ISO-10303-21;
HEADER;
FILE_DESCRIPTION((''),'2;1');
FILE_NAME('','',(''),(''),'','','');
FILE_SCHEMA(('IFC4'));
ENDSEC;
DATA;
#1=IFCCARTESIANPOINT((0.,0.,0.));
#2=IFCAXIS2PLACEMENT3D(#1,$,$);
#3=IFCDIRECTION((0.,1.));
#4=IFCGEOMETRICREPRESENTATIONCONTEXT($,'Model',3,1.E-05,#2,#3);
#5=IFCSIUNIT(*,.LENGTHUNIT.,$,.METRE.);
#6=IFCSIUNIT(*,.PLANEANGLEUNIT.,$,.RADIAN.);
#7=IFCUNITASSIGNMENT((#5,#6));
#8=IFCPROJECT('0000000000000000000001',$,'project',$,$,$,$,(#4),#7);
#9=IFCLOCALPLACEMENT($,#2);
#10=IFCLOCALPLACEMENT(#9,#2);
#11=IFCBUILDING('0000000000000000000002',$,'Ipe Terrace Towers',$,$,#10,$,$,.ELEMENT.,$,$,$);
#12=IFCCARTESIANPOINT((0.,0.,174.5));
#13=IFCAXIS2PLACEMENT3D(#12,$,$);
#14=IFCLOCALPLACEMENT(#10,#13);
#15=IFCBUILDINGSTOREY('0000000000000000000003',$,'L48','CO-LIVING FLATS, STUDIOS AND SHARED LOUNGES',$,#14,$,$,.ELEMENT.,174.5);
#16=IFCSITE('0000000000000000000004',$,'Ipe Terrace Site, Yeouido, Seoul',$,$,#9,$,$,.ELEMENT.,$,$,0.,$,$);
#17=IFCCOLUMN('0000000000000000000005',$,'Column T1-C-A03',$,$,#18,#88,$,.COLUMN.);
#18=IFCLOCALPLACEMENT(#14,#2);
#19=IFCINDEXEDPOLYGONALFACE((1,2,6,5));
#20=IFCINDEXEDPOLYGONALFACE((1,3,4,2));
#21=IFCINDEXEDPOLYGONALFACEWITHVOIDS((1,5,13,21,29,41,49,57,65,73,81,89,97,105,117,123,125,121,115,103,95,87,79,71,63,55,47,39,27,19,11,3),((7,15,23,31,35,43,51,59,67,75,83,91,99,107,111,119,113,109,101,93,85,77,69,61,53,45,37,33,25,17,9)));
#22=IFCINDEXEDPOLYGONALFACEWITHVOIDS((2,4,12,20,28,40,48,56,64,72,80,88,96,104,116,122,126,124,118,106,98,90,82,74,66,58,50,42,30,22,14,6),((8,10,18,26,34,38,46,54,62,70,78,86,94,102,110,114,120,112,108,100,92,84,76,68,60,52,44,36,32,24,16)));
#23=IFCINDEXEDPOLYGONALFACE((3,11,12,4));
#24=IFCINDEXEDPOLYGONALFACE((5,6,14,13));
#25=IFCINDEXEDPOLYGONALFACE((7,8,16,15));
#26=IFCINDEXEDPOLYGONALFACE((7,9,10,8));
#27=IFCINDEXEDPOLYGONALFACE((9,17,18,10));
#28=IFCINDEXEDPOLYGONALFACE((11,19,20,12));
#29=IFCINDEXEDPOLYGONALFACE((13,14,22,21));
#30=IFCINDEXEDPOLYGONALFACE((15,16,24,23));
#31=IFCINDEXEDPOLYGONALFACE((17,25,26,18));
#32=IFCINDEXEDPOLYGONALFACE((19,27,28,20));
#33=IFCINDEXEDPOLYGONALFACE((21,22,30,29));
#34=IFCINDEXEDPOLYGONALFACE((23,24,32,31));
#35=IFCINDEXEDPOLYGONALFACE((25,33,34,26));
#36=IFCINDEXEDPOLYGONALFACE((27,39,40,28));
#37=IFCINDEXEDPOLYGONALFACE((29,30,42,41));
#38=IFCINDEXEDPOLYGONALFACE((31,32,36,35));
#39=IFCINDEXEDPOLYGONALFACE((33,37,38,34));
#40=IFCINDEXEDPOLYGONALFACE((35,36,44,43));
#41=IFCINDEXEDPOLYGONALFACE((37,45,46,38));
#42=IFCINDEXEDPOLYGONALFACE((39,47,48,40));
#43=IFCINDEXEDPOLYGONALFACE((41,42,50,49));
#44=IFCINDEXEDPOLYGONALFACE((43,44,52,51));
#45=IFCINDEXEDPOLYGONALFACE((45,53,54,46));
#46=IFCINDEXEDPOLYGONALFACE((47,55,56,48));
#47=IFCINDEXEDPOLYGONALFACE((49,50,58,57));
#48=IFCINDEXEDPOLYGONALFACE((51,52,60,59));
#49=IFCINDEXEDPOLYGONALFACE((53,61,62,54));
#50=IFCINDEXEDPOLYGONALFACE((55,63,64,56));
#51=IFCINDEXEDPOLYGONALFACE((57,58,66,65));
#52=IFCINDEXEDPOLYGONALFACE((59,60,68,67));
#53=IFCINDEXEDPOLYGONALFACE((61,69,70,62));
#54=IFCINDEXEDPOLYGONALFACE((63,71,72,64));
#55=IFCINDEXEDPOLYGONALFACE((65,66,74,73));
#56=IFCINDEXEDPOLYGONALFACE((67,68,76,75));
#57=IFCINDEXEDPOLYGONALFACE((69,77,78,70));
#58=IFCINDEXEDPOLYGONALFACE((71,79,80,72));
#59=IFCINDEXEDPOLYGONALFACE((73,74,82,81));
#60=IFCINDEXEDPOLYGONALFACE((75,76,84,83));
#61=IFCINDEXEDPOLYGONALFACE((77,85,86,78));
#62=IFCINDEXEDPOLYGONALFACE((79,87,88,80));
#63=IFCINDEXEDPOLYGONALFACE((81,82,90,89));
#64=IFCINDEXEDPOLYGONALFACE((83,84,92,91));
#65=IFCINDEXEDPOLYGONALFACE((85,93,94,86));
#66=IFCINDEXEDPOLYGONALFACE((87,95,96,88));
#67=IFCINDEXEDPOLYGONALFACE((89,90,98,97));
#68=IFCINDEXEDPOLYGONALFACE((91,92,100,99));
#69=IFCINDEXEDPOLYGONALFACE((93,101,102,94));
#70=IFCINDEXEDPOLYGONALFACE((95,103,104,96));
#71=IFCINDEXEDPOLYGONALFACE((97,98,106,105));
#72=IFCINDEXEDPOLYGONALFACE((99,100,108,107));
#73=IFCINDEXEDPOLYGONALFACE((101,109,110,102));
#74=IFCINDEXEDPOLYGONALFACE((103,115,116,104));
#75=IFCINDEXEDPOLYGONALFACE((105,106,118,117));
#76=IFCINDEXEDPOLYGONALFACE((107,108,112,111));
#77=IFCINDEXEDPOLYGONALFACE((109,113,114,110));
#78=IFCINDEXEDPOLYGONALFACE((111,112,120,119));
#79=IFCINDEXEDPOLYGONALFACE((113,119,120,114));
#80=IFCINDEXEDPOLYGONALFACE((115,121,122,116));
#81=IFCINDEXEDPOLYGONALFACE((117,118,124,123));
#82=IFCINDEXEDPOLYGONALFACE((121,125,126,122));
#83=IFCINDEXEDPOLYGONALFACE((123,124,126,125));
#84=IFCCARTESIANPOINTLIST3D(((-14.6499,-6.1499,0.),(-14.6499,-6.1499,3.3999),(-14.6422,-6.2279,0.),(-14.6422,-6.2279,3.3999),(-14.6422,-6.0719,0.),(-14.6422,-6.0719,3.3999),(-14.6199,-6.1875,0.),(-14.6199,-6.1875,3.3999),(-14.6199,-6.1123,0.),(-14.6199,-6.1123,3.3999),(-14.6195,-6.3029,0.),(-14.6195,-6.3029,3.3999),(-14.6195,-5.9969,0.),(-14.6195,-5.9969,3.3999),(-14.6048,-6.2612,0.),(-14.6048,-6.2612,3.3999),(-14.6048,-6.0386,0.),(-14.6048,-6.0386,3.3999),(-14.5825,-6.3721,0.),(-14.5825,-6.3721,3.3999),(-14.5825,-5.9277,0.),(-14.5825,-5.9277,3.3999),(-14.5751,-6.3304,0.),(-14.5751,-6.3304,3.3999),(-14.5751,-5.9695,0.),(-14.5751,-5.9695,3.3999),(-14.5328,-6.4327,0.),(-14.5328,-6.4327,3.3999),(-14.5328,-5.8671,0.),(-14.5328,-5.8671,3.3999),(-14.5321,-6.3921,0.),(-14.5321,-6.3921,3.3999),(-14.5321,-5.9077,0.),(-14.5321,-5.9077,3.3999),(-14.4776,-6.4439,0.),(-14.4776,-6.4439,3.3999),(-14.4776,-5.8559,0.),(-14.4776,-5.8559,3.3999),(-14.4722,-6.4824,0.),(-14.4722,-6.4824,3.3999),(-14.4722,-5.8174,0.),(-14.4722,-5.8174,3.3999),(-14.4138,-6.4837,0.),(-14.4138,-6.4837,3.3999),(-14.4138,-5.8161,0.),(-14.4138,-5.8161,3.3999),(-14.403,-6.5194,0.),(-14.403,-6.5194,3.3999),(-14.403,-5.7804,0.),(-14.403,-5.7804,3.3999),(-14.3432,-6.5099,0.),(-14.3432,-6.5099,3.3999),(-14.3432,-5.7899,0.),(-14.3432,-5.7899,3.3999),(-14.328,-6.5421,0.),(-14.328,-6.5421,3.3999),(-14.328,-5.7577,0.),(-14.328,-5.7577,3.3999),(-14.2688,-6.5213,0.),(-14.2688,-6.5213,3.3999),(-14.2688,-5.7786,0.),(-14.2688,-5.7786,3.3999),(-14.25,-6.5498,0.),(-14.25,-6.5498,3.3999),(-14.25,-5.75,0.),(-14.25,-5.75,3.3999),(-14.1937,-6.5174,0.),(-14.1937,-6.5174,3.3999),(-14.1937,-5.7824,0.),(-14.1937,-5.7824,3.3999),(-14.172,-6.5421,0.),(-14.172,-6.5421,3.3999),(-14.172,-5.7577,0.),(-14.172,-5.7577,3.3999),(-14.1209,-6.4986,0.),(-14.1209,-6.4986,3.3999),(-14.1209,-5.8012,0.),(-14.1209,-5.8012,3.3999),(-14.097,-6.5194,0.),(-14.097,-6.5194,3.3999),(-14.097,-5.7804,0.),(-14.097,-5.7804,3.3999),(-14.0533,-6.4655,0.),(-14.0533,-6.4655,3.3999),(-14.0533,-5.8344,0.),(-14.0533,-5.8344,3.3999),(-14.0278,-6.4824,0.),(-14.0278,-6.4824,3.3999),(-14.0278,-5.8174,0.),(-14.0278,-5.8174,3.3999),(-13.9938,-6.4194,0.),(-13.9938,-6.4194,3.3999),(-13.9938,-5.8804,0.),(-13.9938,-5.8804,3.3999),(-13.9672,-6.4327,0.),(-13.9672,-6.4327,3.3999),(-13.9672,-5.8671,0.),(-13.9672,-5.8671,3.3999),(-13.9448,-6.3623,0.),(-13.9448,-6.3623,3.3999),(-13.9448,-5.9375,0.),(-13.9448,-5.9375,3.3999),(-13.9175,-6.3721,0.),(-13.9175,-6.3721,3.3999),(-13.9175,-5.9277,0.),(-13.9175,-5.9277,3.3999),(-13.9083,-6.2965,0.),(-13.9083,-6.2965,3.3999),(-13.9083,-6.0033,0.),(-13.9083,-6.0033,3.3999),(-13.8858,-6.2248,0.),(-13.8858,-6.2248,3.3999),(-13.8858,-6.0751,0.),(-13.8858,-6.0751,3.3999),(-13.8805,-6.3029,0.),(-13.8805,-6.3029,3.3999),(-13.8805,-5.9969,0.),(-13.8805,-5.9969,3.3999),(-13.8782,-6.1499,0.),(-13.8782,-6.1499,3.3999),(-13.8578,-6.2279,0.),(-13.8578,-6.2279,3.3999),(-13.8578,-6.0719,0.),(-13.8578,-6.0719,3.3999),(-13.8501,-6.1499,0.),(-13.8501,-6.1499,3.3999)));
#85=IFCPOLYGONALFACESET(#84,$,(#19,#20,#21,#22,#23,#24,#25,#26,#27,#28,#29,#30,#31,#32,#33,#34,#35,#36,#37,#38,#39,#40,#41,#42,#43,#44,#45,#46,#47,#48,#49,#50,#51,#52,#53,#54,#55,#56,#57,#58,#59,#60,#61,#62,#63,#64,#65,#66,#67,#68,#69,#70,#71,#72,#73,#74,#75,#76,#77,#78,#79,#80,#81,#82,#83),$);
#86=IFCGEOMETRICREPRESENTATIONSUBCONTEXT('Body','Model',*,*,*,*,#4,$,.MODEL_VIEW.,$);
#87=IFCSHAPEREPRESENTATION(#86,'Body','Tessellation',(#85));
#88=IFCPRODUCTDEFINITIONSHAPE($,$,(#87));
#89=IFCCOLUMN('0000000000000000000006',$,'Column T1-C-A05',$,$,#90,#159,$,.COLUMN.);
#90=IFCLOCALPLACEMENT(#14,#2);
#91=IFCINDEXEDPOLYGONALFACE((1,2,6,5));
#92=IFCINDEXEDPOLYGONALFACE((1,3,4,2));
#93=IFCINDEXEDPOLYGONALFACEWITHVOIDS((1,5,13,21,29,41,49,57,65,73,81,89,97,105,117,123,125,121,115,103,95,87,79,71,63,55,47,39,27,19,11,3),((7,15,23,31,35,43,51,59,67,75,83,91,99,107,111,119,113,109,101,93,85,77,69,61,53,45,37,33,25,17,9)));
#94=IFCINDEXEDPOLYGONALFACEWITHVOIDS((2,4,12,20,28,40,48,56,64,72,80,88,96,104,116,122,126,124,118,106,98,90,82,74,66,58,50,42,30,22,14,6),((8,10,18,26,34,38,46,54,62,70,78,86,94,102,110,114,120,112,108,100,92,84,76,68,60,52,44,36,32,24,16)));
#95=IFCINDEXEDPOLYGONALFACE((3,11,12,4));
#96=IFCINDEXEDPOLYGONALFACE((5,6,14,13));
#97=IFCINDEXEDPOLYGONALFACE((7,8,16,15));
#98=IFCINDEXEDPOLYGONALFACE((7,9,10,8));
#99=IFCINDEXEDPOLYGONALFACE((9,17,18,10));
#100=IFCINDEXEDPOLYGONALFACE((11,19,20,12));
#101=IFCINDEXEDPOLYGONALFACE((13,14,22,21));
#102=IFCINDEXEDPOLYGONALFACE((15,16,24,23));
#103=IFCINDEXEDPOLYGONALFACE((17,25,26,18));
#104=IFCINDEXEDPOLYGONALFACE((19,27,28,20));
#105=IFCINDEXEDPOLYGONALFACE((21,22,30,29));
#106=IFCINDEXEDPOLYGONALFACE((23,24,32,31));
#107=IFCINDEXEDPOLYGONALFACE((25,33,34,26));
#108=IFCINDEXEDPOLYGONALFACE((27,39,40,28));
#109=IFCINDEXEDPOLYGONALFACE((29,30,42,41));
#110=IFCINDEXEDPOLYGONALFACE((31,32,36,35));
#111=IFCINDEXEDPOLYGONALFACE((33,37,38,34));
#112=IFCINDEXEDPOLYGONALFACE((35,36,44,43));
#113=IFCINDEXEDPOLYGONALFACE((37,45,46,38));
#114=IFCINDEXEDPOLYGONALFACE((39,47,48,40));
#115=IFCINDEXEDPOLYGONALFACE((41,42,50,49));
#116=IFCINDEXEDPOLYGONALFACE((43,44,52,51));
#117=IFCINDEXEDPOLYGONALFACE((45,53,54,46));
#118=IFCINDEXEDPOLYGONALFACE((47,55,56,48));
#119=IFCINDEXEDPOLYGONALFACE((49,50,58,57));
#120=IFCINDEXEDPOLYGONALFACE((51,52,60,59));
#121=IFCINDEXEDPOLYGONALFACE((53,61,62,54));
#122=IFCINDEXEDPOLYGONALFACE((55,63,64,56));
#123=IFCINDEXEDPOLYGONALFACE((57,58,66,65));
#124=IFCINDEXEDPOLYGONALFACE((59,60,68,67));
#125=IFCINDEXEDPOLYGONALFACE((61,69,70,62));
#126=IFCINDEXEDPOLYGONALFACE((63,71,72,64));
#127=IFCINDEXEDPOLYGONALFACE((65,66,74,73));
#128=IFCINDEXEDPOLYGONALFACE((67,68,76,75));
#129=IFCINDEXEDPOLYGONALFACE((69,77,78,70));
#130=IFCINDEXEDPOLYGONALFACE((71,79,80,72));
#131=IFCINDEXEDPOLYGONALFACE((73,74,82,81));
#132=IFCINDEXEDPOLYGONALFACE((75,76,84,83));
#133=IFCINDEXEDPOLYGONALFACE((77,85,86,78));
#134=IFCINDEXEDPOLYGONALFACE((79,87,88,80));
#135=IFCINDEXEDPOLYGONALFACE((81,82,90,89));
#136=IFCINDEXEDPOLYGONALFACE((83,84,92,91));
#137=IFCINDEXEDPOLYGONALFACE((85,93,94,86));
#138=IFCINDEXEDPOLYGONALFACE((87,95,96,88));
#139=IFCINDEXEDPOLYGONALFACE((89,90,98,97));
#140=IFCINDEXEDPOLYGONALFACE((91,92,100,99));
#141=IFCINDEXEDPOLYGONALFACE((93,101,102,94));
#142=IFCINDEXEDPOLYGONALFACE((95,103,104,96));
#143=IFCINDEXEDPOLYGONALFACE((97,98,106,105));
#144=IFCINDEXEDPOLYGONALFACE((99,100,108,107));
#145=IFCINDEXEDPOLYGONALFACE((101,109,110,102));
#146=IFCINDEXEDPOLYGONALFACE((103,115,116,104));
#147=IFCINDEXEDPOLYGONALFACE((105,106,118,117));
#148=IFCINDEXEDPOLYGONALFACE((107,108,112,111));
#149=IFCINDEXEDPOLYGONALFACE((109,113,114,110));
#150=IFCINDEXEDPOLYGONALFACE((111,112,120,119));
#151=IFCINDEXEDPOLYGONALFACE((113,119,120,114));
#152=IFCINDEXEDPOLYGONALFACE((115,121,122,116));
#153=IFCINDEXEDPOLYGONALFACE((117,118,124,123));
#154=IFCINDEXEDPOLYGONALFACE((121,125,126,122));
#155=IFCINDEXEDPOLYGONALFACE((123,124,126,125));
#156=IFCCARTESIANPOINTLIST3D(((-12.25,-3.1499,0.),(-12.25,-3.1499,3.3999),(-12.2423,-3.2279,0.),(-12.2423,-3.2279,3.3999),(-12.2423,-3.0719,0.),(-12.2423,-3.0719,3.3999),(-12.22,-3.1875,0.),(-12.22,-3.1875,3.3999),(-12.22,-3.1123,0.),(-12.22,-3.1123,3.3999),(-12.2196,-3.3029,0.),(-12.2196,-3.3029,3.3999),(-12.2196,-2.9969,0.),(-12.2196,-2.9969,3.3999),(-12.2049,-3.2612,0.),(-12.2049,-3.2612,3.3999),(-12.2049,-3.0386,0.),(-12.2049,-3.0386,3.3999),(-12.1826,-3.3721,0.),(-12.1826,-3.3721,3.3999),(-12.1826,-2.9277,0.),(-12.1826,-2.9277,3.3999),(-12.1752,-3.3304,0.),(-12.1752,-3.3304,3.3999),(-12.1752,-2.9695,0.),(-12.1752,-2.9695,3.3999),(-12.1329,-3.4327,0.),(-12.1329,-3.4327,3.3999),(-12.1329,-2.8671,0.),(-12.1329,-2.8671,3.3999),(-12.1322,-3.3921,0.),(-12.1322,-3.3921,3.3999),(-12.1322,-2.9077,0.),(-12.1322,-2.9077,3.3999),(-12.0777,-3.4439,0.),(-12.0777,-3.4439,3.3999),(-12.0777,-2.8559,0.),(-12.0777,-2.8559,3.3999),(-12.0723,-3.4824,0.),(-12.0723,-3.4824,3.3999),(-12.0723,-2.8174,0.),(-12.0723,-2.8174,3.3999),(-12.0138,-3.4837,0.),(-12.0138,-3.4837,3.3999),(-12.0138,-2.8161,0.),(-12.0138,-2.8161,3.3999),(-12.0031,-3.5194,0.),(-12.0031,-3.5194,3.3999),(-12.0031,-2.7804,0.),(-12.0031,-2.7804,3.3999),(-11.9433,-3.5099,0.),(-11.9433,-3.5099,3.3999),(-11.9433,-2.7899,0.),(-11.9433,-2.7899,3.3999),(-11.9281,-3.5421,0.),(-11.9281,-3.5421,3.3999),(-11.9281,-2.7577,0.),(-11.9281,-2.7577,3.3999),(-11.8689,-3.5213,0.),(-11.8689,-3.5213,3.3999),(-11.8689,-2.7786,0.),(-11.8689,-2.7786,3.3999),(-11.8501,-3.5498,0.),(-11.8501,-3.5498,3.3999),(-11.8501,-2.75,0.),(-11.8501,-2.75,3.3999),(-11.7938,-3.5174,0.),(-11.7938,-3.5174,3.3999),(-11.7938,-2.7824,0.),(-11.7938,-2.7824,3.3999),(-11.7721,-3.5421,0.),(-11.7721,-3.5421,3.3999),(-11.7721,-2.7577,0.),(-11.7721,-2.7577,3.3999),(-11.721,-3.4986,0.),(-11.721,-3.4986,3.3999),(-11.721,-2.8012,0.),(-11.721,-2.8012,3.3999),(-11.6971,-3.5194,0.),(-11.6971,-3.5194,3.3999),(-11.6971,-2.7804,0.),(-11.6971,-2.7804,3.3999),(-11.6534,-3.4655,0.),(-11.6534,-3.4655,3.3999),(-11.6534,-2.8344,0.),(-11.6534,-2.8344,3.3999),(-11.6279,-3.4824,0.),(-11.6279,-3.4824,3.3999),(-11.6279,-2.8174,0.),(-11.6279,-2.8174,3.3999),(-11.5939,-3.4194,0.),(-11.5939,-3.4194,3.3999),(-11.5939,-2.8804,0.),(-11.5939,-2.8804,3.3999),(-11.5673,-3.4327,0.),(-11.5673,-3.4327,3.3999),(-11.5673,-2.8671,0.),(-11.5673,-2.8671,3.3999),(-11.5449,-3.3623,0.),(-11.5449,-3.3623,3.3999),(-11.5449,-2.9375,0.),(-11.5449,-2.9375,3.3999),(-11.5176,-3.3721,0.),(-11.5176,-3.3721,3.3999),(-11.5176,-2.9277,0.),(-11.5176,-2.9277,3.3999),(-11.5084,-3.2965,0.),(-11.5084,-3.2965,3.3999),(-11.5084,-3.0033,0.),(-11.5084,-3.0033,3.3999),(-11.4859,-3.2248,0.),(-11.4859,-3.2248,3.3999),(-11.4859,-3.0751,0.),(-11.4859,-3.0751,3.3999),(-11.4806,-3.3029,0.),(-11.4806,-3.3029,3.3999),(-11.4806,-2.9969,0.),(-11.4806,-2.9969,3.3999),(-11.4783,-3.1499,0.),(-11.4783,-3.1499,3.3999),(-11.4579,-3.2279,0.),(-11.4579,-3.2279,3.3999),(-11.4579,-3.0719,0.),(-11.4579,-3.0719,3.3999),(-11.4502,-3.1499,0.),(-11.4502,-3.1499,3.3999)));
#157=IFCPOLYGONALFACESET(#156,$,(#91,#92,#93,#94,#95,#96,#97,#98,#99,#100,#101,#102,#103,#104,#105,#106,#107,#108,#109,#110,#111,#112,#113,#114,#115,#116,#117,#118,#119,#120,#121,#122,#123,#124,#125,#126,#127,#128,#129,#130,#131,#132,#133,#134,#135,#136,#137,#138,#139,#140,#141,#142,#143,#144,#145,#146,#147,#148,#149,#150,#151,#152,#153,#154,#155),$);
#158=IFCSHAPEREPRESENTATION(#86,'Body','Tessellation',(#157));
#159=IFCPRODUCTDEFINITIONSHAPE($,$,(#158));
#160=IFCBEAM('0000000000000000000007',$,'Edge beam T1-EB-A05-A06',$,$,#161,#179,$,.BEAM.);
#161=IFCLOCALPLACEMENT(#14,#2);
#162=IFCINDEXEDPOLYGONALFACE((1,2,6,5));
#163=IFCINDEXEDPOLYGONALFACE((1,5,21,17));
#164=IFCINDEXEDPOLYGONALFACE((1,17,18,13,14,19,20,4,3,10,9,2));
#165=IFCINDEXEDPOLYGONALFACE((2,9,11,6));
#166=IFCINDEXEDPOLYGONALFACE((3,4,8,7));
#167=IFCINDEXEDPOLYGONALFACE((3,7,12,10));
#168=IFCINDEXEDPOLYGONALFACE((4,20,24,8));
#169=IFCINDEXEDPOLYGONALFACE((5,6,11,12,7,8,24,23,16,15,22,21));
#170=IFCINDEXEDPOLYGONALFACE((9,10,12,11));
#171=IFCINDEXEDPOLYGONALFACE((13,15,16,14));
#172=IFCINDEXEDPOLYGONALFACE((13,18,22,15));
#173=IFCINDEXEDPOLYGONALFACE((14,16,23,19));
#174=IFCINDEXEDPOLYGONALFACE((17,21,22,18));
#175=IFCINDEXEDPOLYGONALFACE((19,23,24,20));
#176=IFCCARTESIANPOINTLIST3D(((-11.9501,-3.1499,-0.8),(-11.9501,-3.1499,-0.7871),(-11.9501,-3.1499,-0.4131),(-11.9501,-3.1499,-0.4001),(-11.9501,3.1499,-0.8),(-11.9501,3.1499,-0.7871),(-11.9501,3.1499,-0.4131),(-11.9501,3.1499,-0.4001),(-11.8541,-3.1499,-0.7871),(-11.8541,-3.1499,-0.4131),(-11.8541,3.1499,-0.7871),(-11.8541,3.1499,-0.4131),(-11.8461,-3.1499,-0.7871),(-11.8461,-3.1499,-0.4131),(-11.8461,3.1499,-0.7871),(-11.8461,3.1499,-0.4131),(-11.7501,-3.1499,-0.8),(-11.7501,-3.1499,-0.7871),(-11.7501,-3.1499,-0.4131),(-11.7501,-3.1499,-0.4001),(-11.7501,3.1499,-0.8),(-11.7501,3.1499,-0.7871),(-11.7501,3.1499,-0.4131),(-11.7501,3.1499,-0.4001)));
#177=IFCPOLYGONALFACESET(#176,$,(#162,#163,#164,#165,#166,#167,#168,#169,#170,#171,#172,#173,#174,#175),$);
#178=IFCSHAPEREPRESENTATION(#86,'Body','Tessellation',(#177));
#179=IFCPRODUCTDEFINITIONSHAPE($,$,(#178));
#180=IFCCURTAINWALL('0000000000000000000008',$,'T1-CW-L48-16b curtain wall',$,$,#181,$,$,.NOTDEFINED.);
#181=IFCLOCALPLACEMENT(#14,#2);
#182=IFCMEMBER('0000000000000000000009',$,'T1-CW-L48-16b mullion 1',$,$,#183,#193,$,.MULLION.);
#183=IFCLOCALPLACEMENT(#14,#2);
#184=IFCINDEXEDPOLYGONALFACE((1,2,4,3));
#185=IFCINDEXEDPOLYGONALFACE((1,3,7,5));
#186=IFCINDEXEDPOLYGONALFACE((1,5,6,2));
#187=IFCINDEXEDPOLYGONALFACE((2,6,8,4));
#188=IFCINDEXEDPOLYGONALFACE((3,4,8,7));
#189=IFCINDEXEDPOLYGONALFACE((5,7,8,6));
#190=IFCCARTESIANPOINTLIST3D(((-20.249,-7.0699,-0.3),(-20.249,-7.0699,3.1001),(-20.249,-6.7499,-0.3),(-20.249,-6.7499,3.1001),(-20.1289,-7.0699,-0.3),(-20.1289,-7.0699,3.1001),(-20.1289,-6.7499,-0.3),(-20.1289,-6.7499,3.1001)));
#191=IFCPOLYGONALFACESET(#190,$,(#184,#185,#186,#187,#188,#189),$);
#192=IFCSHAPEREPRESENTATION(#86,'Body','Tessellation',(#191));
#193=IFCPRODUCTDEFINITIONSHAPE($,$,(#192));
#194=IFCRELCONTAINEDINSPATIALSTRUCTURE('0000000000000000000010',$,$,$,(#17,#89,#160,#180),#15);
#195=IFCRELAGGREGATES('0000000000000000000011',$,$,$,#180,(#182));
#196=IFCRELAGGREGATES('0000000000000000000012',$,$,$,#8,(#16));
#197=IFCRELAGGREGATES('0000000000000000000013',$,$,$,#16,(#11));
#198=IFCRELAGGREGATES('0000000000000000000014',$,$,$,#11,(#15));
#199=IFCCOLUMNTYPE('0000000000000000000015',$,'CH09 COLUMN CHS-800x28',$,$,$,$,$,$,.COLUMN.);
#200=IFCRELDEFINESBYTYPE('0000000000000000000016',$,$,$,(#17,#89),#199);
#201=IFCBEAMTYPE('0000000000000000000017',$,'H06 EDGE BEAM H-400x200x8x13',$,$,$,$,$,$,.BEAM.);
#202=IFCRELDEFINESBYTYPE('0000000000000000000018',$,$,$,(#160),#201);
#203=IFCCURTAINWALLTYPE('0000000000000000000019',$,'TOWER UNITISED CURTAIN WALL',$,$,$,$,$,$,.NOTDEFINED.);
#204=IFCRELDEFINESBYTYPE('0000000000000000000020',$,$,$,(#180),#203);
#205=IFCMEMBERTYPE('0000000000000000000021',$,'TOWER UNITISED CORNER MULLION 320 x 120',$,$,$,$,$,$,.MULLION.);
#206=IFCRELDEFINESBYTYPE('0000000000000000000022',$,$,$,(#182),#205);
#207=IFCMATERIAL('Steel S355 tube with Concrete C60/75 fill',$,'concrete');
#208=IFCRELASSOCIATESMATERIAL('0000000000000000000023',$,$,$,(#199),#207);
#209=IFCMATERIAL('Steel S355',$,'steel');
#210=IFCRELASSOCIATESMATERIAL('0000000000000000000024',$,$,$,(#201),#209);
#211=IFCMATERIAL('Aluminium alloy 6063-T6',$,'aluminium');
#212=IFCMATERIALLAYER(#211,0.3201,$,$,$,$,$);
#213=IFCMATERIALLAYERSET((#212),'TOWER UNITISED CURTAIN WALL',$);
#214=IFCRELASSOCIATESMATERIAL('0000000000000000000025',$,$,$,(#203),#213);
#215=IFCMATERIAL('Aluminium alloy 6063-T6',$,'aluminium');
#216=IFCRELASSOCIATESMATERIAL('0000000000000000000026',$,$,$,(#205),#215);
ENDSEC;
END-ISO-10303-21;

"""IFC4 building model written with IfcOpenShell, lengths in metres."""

from ifc_helpers import new_model, si_unit, direction, frame, origin, origin_2d, place, context, subcontext, project, spatial, rectangle, hollow_circle, i_section, extrude, material, layer, layer_set, material_profile, profile_set, type_object, element, aggregate, save


model = new_model("IFC4")

# Units and contexts
model_context = context("Model", 3, precision=1e-05, world=origin(), true_north=direction((0.0, 1.0)))
body_context = subcontext(model_context, "Body", "Model", "MODEL_VIEW")
ifc_project = project(units=[si_unit("LENGTHUNIT", "METRE"), si_unit("PLANEANGLEUNIT", "RADIAN")], contexts=[model_context])

# Site, building, storey
site_placement = place(None, origin())
site = spatial("IfcSite", under=ifc_project, at=site_placement, Name="Ipe Terrace Site, Yeouido, Seoul", CompositionType="ELEMENT", RefElevation=0.0)
building_placement = place(site_placement, origin())
building = spatial("IfcBuilding", under=site, at=building_placement, Name="Ipe Terrace Towers", CompositionType="ELEMENT")
storey_placement = place(building_placement, frame((0.0, 0.0, 174.5)))
storey = spatial("IfcBuildingStorey", under=building, at=storey_placement, Name="L48", Description="CO-LIVING FLATS, STUDIOS AND SHARED LOUNGES", CompositionType="ELEMENT", Elevation=174.5)

# Columns
ifc_material_1 = material(Name="Steel S355 tube with Concrete C60/75 fill", Category="concrete")
ifc_material_profile_1 = material_profile(ifc_material_1, hollow_circle(Radius=0.3999, WallThickness=0.0281, at=origin_2d()), Name="CHS-800x28")
ifc_profile_set_1 = profile_set([ifc_material_profile_1], Name="Steel S355 tube with Concrete C60/75 fill")
column_type = type_object("IfcColumnType", Name="CH09 COLUMN CHS-800x28", PredefinedType="COLUMN", material=ifc_profile_set_1)
for number, where, z_axis, x_axis, name in (
    (1, (-14.25, -6.1499, 0.0), (0.0, 0.0, 1.0), (1.0, 0.0, 0.0), "Column T1-C-A03"),
    (2, (-11.8501, -3.1499, 0.0), (0.0, 0.0, 1.0), (1.0, 0.0, 0.0), "Column T1-C-A05"),
):
    element("IfcColumn", number, at=place(storey_placement, frame(where, z_axis=z_axis, x_axis=x_axis)), inside=storey, type_object=column_type, Name=name, PredefinedType="COLUMN", context=body_context, shape_type="SweptSolid", body=[
        extrude(hollow_circle(Radius=0.3999, WallThickness=0.0281, at=origin_2d()), origin(), (0.0, 0.0, 1.0), 3.3999),
    ])

# Beam
ifc_material_2 = material(Name="Steel S355", Category="steel")
ifc_material_profile_2 = material_profile(ifc_material_2, i_section(OverallWidth=0.2, OverallDepth=0.3999, WebThickness=0.0081, FlangeThickness=0.0129, at=origin_2d()), Name="H-400x200x8x13")
ifc_profile_set_2 = profile_set([ifc_material_profile_2], Name="Steel S355")
beam_type = type_object("IfcBeamType", Name="H06 EDGE BEAM H-400x200x8x13", PredefinedType="BEAM", material=ifc_profile_set_2)
beam_placement = place(storey_placement, frame((-11.8501, -3.1499, -0.6001), z_axis=(0.0, 1.0, 0.0), x_axis=(-1.0, 0.0, 0.0)))
element("IfcBeam", 3, at=beam_placement, inside=storey, type_object=beam_type, Name="Edge beam T1-EB-A05-A06", PredefinedType="BEAM", context=body_context, shape_type="SweptSolid", body=[
    extrude(i_section(OverallWidth=0.2, OverallDepth=0.3999, WebThickness=0.0081, FlangeThickness=0.0129, at=origin_2d()), origin(), (0.0, 0.0, 1.0), 6.2998),
])

# Curtain wall, member
ifc_material_3 = material(Name="Aluminium alloy 6063-T6", Category="aluminium")
ifc_layer_1 = layer(ifc_material_3, 0.3201)
ifc_layer_set_1 = layer_set([ifc_layer_1], Name="TOWER UNITISED CURTAIN WALL")
curtain_wall_type = type_object("IfcCurtainWallType", Name="TOWER UNITISED CURTAIN WALL", PredefinedType="NOTDEFINED", material=ifc_layer_set_1)
curtain_wall_1_placement = place(storey_placement, origin())
curtain_wall_1 = element("IfcCurtainWall", 4, at=curtain_wall_1_placement, inside=storey, type_object=curtain_wall_type, Name="T1-CW-L48-16b curtain wall", PredefinedType="NOTDEFINED")
ifc_material_4 = material(Name="Aluminium alloy 6063-T6", Category="aluminium")
ifc_material_profile_3 = material_profile(ifc_material_4, rectangle(XDim=0.3201, YDim=0.1201, at=origin_2d()), Name="TOWER UNITISED CORNER MULLION 320 x 120")
ifc_profile_set_3 = profile_set([ifc_material_profile_3], Name="Aluminium alloy 6063-T6")
member_type_1 = type_object("IfcMemberType", Name="TOWER UNITISED CORNER MULLION 320 x 120", PredefinedType="MULLION", material=ifc_profile_set_3)
member_1_placement = place(storey_placement, frame((-20.189, -6.9099, -0.3), z_axis=(0.0, 0.0, 1.0), x_axis=(0.0, -1.0, 0.0)))
member_1 = element("IfcMember", 5, at=member_1_placement, type_object=member_type_1, Name="T1-CW-L48-16b mullion 1", PredefinedType="MULLION", context=body_context, shape_type="SweptSolid", body=[
    extrude(rectangle(XDim=0.3201, YDim=0.1201, at=origin_2d()), origin(), (0.0, 0.0, 1.0), 3.4001),
])

aggregate(curtain_wall_1, [member_1])

save(model, "model.ifc")
